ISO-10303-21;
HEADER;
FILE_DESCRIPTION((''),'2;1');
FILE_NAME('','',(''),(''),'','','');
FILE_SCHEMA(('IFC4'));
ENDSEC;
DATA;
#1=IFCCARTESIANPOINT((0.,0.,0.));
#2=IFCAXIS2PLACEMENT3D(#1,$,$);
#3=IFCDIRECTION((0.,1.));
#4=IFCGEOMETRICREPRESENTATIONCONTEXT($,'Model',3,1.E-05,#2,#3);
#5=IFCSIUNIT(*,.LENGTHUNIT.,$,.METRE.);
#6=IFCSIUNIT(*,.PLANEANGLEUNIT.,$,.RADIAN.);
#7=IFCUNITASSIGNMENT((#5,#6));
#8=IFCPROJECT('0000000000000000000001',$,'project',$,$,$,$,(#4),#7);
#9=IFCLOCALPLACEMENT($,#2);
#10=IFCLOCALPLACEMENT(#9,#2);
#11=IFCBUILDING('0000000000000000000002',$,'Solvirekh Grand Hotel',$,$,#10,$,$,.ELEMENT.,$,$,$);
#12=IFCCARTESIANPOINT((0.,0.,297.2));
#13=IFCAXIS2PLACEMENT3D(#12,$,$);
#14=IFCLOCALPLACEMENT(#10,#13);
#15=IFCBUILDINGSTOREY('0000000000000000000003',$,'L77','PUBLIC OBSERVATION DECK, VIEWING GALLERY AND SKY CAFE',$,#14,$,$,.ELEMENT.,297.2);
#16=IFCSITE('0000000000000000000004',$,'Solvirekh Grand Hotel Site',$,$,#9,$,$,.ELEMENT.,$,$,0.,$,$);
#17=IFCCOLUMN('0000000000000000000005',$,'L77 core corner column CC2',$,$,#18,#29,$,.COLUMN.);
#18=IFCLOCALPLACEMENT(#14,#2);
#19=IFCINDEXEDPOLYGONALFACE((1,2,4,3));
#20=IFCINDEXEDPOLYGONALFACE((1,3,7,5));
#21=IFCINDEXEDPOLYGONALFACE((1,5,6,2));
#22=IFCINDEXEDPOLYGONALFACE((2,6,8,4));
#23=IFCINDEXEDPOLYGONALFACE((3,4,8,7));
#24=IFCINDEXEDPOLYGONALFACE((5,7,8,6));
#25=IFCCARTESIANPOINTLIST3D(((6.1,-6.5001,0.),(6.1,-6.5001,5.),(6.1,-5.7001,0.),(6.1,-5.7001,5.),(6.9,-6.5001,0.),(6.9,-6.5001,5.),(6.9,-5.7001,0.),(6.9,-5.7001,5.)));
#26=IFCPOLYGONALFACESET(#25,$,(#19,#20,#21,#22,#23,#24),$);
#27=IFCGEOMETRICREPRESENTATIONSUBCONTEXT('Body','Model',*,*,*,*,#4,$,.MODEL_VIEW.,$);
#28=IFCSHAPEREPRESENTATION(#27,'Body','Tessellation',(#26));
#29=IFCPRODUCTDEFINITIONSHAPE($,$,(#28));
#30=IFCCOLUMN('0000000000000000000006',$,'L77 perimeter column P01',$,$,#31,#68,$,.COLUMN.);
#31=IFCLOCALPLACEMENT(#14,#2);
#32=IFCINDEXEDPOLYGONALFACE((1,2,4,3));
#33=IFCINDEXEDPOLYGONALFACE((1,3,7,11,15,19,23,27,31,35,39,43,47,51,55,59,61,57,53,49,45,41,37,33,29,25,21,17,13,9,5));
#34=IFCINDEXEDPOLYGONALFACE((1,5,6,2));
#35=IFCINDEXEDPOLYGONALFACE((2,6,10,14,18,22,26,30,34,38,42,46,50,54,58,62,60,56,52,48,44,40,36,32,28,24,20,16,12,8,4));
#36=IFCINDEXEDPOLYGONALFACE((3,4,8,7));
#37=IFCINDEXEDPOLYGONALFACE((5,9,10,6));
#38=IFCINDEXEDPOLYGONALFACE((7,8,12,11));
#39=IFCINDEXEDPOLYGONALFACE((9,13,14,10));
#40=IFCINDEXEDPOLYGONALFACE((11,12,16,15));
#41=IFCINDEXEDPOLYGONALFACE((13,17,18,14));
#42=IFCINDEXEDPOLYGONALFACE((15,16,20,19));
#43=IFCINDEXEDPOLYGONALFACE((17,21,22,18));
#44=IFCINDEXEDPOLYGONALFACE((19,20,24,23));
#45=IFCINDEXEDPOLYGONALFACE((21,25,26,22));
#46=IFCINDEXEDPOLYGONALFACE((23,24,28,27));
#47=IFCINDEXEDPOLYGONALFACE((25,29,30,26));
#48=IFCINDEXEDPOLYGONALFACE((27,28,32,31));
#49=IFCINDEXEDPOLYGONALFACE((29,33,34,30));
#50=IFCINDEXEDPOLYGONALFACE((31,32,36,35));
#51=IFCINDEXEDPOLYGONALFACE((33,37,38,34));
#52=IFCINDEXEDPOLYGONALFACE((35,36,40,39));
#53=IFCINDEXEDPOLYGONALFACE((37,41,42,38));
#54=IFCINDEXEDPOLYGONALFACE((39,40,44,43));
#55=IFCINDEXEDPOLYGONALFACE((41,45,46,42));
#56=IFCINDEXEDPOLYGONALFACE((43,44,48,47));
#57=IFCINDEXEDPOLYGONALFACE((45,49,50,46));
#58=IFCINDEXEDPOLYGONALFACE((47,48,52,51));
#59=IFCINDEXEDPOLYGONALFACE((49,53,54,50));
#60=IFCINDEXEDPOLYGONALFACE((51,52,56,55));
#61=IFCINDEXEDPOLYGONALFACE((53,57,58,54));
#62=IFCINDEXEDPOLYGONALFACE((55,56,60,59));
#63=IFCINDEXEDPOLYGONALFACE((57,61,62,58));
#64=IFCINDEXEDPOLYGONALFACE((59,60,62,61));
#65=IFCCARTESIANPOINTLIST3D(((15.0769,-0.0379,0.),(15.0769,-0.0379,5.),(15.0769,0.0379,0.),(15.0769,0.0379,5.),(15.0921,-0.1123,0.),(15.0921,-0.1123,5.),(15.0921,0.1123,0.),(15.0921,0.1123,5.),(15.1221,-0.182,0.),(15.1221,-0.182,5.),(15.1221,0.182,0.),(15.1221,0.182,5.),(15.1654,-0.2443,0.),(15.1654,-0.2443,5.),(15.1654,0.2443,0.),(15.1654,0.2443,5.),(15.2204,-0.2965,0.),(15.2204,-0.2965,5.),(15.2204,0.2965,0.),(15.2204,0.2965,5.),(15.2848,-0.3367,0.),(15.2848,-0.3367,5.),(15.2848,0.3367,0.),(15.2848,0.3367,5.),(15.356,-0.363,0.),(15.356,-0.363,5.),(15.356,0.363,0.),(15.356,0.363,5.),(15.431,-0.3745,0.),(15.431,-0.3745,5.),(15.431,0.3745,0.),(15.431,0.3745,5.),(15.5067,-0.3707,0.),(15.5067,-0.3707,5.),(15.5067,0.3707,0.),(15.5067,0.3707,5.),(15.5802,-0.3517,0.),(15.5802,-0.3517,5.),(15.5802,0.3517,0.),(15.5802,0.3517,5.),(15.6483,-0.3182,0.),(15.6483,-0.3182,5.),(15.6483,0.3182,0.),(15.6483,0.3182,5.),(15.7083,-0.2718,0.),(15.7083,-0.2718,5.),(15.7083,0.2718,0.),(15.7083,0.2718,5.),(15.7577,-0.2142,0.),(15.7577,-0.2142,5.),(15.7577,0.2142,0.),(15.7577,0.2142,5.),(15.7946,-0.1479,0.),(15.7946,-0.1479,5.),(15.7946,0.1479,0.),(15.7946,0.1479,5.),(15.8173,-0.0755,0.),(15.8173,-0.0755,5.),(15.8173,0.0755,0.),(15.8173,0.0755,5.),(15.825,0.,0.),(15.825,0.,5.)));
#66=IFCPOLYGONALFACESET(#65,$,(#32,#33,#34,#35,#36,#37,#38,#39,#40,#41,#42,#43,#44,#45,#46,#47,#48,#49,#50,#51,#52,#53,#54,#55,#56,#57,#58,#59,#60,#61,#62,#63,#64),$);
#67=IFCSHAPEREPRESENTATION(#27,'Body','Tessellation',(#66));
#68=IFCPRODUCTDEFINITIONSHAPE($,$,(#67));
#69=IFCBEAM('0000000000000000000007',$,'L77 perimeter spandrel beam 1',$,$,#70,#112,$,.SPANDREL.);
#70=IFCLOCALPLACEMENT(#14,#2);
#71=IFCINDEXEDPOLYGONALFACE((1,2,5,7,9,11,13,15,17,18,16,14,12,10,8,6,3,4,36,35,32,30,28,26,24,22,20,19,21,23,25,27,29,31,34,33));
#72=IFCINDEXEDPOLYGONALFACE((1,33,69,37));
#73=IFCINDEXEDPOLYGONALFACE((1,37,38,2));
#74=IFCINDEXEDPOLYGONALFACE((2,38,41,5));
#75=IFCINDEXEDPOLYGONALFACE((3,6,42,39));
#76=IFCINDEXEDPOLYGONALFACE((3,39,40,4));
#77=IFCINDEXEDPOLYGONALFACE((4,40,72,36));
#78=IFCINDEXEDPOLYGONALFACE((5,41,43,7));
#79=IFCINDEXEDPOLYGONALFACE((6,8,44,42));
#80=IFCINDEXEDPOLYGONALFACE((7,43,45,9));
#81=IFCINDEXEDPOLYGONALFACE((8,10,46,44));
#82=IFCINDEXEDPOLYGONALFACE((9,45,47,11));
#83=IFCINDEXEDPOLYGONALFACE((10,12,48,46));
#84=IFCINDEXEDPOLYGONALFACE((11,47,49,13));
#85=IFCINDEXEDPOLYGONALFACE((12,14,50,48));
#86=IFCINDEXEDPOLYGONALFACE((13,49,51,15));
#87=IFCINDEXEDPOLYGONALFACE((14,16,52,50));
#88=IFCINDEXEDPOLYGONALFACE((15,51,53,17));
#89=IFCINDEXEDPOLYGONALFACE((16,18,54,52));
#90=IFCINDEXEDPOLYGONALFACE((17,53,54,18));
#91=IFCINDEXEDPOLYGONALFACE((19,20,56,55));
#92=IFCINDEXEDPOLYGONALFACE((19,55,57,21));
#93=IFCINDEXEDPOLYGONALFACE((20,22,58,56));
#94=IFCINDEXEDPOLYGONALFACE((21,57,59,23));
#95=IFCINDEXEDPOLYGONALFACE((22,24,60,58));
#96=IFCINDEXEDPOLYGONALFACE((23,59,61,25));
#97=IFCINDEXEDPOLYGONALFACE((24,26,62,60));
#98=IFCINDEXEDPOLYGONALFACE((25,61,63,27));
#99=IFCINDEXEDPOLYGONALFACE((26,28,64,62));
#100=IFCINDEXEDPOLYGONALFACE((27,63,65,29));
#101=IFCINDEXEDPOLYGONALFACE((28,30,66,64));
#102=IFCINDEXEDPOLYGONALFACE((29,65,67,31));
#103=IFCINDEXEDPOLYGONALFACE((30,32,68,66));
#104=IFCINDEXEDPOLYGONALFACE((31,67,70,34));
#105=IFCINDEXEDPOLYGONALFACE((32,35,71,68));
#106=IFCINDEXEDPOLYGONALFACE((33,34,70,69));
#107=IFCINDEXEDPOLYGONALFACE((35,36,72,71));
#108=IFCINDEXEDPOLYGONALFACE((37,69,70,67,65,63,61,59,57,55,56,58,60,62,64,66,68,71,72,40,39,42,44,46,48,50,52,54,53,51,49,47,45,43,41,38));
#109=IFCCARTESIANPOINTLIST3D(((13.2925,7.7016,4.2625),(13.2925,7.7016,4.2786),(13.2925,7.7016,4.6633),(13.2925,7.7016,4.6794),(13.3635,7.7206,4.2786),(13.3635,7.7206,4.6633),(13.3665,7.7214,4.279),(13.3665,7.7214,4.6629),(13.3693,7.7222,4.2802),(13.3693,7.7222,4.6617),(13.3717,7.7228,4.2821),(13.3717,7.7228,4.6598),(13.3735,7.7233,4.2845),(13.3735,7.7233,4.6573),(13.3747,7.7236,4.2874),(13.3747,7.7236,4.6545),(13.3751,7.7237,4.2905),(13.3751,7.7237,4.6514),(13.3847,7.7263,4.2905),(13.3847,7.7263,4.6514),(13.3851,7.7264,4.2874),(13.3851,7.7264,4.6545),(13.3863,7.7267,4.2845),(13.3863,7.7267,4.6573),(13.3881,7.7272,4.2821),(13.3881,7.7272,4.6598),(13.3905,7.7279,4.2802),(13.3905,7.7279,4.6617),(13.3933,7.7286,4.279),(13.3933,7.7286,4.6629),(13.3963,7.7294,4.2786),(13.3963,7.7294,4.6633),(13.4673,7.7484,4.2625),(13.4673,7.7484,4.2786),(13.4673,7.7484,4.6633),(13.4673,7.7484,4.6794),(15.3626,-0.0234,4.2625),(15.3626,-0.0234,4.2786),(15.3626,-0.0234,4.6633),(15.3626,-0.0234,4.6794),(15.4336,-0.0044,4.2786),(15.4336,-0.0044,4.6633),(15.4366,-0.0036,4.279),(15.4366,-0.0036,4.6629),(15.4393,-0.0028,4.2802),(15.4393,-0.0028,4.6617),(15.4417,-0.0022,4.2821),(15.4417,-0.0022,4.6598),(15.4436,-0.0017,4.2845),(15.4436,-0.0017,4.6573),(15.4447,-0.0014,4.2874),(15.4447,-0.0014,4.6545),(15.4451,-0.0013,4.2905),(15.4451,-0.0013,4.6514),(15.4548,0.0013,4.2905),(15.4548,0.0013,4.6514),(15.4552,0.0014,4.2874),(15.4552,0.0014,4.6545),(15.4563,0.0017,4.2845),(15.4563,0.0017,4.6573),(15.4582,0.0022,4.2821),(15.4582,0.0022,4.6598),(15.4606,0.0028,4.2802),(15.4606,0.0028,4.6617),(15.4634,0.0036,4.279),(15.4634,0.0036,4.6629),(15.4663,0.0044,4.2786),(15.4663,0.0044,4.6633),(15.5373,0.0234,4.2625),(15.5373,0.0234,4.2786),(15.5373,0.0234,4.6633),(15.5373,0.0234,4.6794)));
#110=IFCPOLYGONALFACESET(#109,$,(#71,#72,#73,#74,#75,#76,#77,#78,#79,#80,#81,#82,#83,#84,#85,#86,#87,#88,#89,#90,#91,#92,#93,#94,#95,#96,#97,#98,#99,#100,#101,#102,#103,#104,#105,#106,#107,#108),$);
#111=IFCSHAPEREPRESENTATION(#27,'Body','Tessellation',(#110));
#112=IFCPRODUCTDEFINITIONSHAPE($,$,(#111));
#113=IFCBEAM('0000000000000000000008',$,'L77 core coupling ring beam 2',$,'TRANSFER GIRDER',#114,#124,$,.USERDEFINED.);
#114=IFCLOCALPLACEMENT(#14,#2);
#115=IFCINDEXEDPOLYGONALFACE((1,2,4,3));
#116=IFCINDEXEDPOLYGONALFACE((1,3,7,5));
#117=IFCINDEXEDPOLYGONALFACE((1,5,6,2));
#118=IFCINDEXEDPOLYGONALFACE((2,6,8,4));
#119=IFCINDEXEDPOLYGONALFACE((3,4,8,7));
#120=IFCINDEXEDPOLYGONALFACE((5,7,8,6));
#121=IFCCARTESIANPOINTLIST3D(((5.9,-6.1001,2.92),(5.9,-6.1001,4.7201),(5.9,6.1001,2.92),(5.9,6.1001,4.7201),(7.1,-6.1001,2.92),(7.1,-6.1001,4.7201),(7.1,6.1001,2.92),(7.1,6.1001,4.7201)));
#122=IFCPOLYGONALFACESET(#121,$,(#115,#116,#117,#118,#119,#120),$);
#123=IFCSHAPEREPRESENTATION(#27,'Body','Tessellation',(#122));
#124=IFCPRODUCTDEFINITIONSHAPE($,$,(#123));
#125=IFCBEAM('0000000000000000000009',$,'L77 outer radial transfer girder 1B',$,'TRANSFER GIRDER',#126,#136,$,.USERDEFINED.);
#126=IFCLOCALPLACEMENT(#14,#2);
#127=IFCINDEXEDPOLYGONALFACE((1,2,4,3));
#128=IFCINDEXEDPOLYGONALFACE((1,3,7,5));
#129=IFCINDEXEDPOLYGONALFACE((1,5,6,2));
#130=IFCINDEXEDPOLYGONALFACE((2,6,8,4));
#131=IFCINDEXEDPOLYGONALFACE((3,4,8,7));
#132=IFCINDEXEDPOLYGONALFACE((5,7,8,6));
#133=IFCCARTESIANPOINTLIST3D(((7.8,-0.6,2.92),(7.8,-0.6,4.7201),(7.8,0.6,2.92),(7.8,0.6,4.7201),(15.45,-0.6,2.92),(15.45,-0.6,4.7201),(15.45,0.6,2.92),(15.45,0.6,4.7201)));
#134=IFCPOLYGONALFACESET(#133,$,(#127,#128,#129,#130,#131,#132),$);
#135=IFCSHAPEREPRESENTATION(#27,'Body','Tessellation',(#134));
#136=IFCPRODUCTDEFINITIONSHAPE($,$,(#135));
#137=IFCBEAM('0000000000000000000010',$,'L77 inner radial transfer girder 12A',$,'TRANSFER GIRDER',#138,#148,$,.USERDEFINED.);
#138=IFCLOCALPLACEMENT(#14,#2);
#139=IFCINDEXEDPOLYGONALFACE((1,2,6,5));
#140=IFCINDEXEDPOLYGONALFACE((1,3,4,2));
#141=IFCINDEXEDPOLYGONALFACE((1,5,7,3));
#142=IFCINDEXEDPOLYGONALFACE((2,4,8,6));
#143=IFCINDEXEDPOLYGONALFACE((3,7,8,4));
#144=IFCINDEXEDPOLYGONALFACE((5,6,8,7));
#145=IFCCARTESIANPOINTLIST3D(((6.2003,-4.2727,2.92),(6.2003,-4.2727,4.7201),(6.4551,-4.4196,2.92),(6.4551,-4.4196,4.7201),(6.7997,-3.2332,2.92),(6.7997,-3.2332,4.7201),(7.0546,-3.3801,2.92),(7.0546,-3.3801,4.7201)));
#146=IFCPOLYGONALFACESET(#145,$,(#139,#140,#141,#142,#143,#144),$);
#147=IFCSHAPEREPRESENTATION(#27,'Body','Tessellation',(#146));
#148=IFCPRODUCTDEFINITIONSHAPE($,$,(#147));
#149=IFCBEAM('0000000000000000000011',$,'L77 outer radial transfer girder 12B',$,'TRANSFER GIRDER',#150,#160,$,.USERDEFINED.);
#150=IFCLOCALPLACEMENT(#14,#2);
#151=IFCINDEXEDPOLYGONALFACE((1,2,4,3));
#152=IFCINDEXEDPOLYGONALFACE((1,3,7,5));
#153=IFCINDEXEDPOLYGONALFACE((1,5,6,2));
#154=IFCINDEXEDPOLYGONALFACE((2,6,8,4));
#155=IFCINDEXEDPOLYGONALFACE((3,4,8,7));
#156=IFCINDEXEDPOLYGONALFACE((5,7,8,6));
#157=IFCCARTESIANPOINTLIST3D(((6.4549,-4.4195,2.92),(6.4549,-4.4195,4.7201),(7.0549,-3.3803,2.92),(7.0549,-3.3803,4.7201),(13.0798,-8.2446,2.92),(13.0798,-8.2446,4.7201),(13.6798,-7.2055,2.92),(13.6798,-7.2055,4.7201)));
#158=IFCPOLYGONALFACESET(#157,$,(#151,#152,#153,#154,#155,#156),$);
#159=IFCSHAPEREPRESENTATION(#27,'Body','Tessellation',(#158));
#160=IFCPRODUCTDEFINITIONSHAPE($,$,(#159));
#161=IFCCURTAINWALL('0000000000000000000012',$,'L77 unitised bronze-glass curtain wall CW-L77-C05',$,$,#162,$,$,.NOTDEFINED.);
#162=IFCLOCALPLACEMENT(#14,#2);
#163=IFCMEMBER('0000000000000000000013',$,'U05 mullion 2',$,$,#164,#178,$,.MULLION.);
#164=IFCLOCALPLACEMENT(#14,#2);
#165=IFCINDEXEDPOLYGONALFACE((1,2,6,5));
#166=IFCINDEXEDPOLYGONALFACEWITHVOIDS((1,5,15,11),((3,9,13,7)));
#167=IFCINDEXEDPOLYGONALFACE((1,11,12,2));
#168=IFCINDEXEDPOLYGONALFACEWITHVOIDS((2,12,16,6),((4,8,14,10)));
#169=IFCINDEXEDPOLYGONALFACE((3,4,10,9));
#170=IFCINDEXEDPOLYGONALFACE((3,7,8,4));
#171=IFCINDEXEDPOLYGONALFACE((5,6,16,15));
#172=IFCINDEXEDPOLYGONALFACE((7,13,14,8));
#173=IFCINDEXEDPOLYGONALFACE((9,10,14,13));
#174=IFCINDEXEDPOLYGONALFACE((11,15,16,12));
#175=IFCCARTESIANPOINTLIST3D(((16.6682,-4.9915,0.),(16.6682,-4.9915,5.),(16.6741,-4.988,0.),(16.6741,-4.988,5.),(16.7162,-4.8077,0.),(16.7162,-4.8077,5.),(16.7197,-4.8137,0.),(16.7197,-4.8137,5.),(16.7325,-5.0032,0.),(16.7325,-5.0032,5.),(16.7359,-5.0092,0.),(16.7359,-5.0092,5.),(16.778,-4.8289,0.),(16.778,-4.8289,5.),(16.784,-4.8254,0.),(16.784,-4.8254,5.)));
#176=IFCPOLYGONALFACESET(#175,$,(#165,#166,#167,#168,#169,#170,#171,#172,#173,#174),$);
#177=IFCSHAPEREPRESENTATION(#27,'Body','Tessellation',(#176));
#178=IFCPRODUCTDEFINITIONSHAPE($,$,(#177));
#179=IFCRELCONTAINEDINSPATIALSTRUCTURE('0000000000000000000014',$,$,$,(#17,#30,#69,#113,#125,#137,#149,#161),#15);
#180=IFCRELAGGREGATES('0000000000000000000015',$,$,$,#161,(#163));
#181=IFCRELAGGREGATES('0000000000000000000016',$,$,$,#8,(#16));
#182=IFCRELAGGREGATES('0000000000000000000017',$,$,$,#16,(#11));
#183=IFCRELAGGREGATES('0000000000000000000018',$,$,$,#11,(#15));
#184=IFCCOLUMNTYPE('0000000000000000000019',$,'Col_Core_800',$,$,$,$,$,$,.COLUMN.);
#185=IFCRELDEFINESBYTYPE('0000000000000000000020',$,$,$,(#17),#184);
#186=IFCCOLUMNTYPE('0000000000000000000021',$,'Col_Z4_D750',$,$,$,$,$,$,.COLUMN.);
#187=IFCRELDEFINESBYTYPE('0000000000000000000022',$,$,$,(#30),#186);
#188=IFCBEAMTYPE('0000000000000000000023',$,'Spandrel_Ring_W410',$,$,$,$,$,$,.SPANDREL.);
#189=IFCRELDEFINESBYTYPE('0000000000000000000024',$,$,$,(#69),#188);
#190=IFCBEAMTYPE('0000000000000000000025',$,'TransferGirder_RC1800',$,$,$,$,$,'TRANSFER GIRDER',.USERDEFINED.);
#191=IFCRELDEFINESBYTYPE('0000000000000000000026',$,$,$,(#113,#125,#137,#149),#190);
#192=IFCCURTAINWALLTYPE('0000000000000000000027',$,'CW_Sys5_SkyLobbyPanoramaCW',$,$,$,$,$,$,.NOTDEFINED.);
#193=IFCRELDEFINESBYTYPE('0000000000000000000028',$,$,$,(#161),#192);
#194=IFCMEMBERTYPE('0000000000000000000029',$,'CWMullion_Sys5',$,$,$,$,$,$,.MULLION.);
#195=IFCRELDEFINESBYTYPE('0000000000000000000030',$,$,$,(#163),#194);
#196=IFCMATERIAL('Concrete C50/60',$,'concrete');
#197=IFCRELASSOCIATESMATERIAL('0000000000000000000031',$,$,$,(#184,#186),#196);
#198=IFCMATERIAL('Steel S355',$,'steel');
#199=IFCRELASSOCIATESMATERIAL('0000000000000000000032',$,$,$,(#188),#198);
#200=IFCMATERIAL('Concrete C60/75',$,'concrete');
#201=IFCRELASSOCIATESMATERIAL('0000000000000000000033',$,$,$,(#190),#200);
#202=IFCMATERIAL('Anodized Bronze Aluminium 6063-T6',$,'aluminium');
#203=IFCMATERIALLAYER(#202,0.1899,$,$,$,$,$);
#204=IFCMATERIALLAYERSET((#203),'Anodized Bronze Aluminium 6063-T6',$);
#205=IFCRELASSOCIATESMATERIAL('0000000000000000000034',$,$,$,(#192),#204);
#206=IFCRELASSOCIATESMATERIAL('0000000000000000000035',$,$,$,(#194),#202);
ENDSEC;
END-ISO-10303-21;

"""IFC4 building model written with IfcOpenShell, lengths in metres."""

from ifc_helpers import new_model, si_unit, direction, frame, origin, origin_2d, place, context, subcontext, project, spatial, rectangle, hollow_rectangle, circle, i_section, extrude, source, transform, mapped, material, layer, layer_set, material_profile, profile_set, type_object, element, aggregate, save


model = new_model("IFC4")

# Units and contexts
model_context = context("Model", 3, precision=1e-05, world=origin(), true_north=direction((0.0, 1.0)))
body_context = subcontext(model_context, "Body", "Model", "MODEL_VIEW")
ifc_project = project(units=[si_unit("LENGTHUNIT", "METRE"), si_unit("PLANEANGLEUNIT", "RADIAN")], contexts=[model_context])

# Site, building, storey
site_placement = place(None, origin())
site = spatial("IfcSite", under=ifc_project, at=site_placement, Name="Solvirekh Grand Hotel Site", CompositionType="ELEMENT", RefElevation=0.0)
building_placement = place(site_placement, origin())
building = spatial("IfcBuilding", under=site, at=building_placement, Name="Solvirekh Grand Hotel", CompositionType="ELEMENT")
storey_placement = place(building_placement, frame((0.0, 0.0, 297.2)))
storey = spatial("IfcBuildingStorey", under=building, at=storey_placement, Name="L77", Description="PUBLIC OBSERVATION DECK, VIEWING GALLERY AND SKY CAFE", CompositionType="ELEMENT", Elevation=297.2)

# Columns
ifc_material_1 = material(Name="Concrete C50/60", Category="concrete")
ifc_material_profile_1 = material_profile(ifc_material_1, rectangle(XDim=0.8, YDim=0.8, at=origin_2d()), Name="RC 800X800")
ifc_profile_set_1 = profile_set([ifc_material_profile_1], Name="Concrete C50/60")
column_type_1 = type_object("IfcColumnType", Name="Col_Core_800", PredefinedType="COLUMN", material=ifc_profile_set_1)
column_1_placement = place(storey_placement, frame((6.5, -6.1001, 0.0), z_axis=(0.0, 0.0, 1.0), x_axis=(1.0, 0.0, 0.0)))
element("IfcColumn", 1, at=column_1_placement, inside=storey, type_object=column_type_1, Name="L77 core corner column CC2", PredefinedType="COLUMN", context=body_context, shape_type="SweptSolid", body=[
    extrude(rectangle(XDim=0.8, YDim=0.8, at=origin_2d()), origin(), (0.0, 0.0, 1.0), 5.0),
])
ifc_material_profile_2 = material_profile(ifc_material_1, circle(Radius=0.375, at=origin_2d()), Name="RC CIRC D750")
ifc_profile_set_2 = profile_set([ifc_material_profile_2], Name="Concrete C50/60")
column_type_2 = type_object("IfcColumnType", Name="Col_Z4_D750", PredefinedType="COLUMN", material=ifc_profile_set_2)
column_2_placement = place(storey_placement, frame((15.45, 0.0, 0.0), z_axis=(0.0, 0.0, 1.0), x_axis=(1.0, 0.0, 0.0)))
element("IfcColumn", 2, at=column_2_placement, inside=storey, type_object=column_type_2, Name="L77 perimeter column P01", PredefinedType="COLUMN", context=body_context, shape_type="SweptSolid", body=[
    extrude(circle(Radius=0.375, at=origin_2d()), origin(), (0.0, 0.0, 1.0), 5.0),
])

# Beams
ifc_material_2 = material(Name="Steel S355", Category="steel")
ifc_material_profile_3 = material_profile(ifc_material_2, i_section(OverallWidth=0.1809, OverallDepth=0.417, WebThickness=0.01, FlangeThickness=0.0161, FilletRadius=0.012, at=origin_2d()), Name="W410X85")
ifc_profile_set_3 = profile_set([ifc_material_profile_3], Name="Steel S355")
beam_type_1 = type_object("IfcBeamType", Name="Spandrel_Ring_W410", PredefinedType="SPANDREL", material=ifc_profile_set_3)
beam_1_placement = place(storey_placement, frame((15.45, 0.0, 4.4709), z_axis=(-0.258835, 0.965922, 0.0), x_axis=(-0.965922, -0.258835, 0.0)))
element("IfcBeam", 3, at=beam_1_placement, inside=storey, type_object=beam_type_1, Name="L77 perimeter spandrel beam 1", PredefinedType="SPANDREL", context=body_context, shape_type="SweptSolid", body=[
    extrude(i_section(OverallWidth=0.1809, OverallDepth=0.417, WebThickness=0.01, FlangeThickness=0.0161, FilletRadius=0.012, at=origin_2d()), origin(), (0.0, 0.0, 1.0), 7.9976),
])
ifc_material_3 = material(Name="Concrete C60/75", Category="concrete")
ifc_material_profile_4 = material_profile(ifc_material_3, rectangle(XDim=1.2, YDim=1.8, at=origin_2d()), Name="RC GIRDER 1200X1800")
ifc_profile_set_4 = profile_set([ifc_material_profile_4], Name="Concrete C60/75")
beam_type_2 = type_object("IfcBeamType", Name="TransferGirder_RC1800", ElementType="TRANSFER GIRDER", PredefinedType="USERDEFINED", material=ifc_profile_set_4)
beam_2_placement = place(storey_placement, frame((6.5, -6.1001, 3.8201), z_axis=(0.0, 1.0, 0.0), x_axis=(-1.0, 0.0, 0.0)))
element("IfcBeam", 4, at=beam_2_placement, inside=storey, type_object=beam_type_2, Name="L77 core coupling ring beam 2", ObjectType="TRANSFER GIRDER", PredefinedType="USERDEFINED", context=body_context, shape_type="SweptSolid", body=[
    extrude(rectangle(XDim=1.2, YDim=1.8, at=origin_2d()), origin(), (0.0, 0.0, 1.0), 12.2002),
])
beam_3_placement = place(storey_placement, frame((7.8, 0.0, 3.8201), z_axis=(1.0, 0.0, 0.0), x_axis=(0.0, 1.0, 0.0)))
element("IfcBeam", 5, at=beam_3_placement, inside=storey, type_object=beam_type_2, Name="L77 outer radial transfer girder 1B", ObjectType="TRANSFER GIRDER", PredefinedType="USERDEFINED", context=body_context, shape_type="SweptSolid", body=[
    extrude(rectangle(XDim=1.2, YDim=1.8, at=origin_2d()), origin(), (0.0, 0.0, 1.0), 7.6499),
])
beam_4_placement = place(storey_placement, frame((6.5, -3.7529, 3.8201), z_axis=(0.866296, -0.499531, 0.0), x_axis=(0.499531, 0.866296, 0.0)))
element("IfcBeam", 6, at=beam_4_placement, inside=storey, type_object=beam_type_2, Name="L77 inner radial transfer girder 12A", ObjectType="TRANSFER GIRDER", PredefinedType="USERDEFINED", context=body_context, shape_type="SweptSolid", body=[
    extrude(rectangle(XDim=1.2, YDim=1.8, at=origin_2d()), origin(), (0.0, 0.0, 1.0), 0.2942),
])
beam_5_placement = place(storey_placement, frame((6.7549, -3.8999, 3.8201), z_axis=(0.866011, -0.500024, 0.0), x_axis=(0.500024, 0.866011, 0.0)))
element("IfcBeam", 7, at=beam_5_placement, inside=storey, type_object=beam_type_2, Name="L77 outer radial transfer girder 12B", ObjectType="TRANSFER GIRDER", PredefinedType="USERDEFINED", context=body_context, shape_type="SweptSolid", body=[
    extrude(rectangle(XDim=1.2, YDim=1.8, at=origin_2d()), origin(), (0.0, 0.0, 1.0), 7.6499),
])

# Curtain wall, member
ifc_material_4 = material(Name="Anodized Bronze Aluminium 6063-T6", Category="aluminium")
ifc_layer_1 = layer(ifc_material_4, 0.1899)
ifc_layer_set_1 = layer_set([ifc_layer_1], Name="Anodized Bronze Aluminium 6063-T6")
curtain_wall_type = type_object("IfcCurtainWallType", Name="CW_Sys5_SkyLobbyPanoramaCW", PredefinedType="NOTDEFINED", material=ifc_layer_set_1)
curtain_wall_1_placement = place(storey_placement, origin())
curtain_wall_1 = element("IfcCurtainWall", 8, at=curtain_wall_1_placement, inside=storey, type_object=curtain_wall_type, Name="L77 unitised bronze-glass curtain wall CW-L77-C05", PredefinedType="NOTDEFINED")
ifc_material_profile_5 = material_profile(ifc_material_4, hollow_rectangle(XDim=0.0701, YDim=0.1899, WallThickness=0.0049, at=origin_2d()), Name="ALU RHS 190X70X5")
ifc_profile_set_5 = profile_set([ifc_material_profile_5], Name="Anodized Bronze Aluminium 6063-T6")
member_type_1 = type_object("IfcMemberType", Name="CWMullion_Sys5", PredefinedType="MULLION", material=ifc_profile_set_5)
shared_shape_1 = source(origin(), body_context, "Body", "SweptSolid", [
    extrude(hollow_rectangle(XDim=0.0701, YDim=0.1899, WallThickness=0.0049, at=origin_2d()), origin(), (0.0, 0.0, 1.0), 5.0),
])
member_1_placement = place(storey_placement, frame((16.7261, -4.9084, 0.0), z_axis=(0.0, 0.0, 1.0), x_axis=(-0.967471, 0.252983, 0.0)))
member_1 = element("IfcMember", 9, at=member_1_placement, type_object=member_type_1, Name="U05 mullion 2", PredefinedType="MULLION", context=body_context, shape_type="MappedRepresentation", body=[
    mapped(shared_shape_1, transform((0.0, 0.0, 0.0), x_axis=(1.0, 0.0, 0.0), y_axis=(0.0, 1.0, 0.0), z_axis=(0.0, 0.0, 1.0), scale=1.0)),
])

aggregate(curtain_wall_1, [member_1])

save(model, "model.ifc")
